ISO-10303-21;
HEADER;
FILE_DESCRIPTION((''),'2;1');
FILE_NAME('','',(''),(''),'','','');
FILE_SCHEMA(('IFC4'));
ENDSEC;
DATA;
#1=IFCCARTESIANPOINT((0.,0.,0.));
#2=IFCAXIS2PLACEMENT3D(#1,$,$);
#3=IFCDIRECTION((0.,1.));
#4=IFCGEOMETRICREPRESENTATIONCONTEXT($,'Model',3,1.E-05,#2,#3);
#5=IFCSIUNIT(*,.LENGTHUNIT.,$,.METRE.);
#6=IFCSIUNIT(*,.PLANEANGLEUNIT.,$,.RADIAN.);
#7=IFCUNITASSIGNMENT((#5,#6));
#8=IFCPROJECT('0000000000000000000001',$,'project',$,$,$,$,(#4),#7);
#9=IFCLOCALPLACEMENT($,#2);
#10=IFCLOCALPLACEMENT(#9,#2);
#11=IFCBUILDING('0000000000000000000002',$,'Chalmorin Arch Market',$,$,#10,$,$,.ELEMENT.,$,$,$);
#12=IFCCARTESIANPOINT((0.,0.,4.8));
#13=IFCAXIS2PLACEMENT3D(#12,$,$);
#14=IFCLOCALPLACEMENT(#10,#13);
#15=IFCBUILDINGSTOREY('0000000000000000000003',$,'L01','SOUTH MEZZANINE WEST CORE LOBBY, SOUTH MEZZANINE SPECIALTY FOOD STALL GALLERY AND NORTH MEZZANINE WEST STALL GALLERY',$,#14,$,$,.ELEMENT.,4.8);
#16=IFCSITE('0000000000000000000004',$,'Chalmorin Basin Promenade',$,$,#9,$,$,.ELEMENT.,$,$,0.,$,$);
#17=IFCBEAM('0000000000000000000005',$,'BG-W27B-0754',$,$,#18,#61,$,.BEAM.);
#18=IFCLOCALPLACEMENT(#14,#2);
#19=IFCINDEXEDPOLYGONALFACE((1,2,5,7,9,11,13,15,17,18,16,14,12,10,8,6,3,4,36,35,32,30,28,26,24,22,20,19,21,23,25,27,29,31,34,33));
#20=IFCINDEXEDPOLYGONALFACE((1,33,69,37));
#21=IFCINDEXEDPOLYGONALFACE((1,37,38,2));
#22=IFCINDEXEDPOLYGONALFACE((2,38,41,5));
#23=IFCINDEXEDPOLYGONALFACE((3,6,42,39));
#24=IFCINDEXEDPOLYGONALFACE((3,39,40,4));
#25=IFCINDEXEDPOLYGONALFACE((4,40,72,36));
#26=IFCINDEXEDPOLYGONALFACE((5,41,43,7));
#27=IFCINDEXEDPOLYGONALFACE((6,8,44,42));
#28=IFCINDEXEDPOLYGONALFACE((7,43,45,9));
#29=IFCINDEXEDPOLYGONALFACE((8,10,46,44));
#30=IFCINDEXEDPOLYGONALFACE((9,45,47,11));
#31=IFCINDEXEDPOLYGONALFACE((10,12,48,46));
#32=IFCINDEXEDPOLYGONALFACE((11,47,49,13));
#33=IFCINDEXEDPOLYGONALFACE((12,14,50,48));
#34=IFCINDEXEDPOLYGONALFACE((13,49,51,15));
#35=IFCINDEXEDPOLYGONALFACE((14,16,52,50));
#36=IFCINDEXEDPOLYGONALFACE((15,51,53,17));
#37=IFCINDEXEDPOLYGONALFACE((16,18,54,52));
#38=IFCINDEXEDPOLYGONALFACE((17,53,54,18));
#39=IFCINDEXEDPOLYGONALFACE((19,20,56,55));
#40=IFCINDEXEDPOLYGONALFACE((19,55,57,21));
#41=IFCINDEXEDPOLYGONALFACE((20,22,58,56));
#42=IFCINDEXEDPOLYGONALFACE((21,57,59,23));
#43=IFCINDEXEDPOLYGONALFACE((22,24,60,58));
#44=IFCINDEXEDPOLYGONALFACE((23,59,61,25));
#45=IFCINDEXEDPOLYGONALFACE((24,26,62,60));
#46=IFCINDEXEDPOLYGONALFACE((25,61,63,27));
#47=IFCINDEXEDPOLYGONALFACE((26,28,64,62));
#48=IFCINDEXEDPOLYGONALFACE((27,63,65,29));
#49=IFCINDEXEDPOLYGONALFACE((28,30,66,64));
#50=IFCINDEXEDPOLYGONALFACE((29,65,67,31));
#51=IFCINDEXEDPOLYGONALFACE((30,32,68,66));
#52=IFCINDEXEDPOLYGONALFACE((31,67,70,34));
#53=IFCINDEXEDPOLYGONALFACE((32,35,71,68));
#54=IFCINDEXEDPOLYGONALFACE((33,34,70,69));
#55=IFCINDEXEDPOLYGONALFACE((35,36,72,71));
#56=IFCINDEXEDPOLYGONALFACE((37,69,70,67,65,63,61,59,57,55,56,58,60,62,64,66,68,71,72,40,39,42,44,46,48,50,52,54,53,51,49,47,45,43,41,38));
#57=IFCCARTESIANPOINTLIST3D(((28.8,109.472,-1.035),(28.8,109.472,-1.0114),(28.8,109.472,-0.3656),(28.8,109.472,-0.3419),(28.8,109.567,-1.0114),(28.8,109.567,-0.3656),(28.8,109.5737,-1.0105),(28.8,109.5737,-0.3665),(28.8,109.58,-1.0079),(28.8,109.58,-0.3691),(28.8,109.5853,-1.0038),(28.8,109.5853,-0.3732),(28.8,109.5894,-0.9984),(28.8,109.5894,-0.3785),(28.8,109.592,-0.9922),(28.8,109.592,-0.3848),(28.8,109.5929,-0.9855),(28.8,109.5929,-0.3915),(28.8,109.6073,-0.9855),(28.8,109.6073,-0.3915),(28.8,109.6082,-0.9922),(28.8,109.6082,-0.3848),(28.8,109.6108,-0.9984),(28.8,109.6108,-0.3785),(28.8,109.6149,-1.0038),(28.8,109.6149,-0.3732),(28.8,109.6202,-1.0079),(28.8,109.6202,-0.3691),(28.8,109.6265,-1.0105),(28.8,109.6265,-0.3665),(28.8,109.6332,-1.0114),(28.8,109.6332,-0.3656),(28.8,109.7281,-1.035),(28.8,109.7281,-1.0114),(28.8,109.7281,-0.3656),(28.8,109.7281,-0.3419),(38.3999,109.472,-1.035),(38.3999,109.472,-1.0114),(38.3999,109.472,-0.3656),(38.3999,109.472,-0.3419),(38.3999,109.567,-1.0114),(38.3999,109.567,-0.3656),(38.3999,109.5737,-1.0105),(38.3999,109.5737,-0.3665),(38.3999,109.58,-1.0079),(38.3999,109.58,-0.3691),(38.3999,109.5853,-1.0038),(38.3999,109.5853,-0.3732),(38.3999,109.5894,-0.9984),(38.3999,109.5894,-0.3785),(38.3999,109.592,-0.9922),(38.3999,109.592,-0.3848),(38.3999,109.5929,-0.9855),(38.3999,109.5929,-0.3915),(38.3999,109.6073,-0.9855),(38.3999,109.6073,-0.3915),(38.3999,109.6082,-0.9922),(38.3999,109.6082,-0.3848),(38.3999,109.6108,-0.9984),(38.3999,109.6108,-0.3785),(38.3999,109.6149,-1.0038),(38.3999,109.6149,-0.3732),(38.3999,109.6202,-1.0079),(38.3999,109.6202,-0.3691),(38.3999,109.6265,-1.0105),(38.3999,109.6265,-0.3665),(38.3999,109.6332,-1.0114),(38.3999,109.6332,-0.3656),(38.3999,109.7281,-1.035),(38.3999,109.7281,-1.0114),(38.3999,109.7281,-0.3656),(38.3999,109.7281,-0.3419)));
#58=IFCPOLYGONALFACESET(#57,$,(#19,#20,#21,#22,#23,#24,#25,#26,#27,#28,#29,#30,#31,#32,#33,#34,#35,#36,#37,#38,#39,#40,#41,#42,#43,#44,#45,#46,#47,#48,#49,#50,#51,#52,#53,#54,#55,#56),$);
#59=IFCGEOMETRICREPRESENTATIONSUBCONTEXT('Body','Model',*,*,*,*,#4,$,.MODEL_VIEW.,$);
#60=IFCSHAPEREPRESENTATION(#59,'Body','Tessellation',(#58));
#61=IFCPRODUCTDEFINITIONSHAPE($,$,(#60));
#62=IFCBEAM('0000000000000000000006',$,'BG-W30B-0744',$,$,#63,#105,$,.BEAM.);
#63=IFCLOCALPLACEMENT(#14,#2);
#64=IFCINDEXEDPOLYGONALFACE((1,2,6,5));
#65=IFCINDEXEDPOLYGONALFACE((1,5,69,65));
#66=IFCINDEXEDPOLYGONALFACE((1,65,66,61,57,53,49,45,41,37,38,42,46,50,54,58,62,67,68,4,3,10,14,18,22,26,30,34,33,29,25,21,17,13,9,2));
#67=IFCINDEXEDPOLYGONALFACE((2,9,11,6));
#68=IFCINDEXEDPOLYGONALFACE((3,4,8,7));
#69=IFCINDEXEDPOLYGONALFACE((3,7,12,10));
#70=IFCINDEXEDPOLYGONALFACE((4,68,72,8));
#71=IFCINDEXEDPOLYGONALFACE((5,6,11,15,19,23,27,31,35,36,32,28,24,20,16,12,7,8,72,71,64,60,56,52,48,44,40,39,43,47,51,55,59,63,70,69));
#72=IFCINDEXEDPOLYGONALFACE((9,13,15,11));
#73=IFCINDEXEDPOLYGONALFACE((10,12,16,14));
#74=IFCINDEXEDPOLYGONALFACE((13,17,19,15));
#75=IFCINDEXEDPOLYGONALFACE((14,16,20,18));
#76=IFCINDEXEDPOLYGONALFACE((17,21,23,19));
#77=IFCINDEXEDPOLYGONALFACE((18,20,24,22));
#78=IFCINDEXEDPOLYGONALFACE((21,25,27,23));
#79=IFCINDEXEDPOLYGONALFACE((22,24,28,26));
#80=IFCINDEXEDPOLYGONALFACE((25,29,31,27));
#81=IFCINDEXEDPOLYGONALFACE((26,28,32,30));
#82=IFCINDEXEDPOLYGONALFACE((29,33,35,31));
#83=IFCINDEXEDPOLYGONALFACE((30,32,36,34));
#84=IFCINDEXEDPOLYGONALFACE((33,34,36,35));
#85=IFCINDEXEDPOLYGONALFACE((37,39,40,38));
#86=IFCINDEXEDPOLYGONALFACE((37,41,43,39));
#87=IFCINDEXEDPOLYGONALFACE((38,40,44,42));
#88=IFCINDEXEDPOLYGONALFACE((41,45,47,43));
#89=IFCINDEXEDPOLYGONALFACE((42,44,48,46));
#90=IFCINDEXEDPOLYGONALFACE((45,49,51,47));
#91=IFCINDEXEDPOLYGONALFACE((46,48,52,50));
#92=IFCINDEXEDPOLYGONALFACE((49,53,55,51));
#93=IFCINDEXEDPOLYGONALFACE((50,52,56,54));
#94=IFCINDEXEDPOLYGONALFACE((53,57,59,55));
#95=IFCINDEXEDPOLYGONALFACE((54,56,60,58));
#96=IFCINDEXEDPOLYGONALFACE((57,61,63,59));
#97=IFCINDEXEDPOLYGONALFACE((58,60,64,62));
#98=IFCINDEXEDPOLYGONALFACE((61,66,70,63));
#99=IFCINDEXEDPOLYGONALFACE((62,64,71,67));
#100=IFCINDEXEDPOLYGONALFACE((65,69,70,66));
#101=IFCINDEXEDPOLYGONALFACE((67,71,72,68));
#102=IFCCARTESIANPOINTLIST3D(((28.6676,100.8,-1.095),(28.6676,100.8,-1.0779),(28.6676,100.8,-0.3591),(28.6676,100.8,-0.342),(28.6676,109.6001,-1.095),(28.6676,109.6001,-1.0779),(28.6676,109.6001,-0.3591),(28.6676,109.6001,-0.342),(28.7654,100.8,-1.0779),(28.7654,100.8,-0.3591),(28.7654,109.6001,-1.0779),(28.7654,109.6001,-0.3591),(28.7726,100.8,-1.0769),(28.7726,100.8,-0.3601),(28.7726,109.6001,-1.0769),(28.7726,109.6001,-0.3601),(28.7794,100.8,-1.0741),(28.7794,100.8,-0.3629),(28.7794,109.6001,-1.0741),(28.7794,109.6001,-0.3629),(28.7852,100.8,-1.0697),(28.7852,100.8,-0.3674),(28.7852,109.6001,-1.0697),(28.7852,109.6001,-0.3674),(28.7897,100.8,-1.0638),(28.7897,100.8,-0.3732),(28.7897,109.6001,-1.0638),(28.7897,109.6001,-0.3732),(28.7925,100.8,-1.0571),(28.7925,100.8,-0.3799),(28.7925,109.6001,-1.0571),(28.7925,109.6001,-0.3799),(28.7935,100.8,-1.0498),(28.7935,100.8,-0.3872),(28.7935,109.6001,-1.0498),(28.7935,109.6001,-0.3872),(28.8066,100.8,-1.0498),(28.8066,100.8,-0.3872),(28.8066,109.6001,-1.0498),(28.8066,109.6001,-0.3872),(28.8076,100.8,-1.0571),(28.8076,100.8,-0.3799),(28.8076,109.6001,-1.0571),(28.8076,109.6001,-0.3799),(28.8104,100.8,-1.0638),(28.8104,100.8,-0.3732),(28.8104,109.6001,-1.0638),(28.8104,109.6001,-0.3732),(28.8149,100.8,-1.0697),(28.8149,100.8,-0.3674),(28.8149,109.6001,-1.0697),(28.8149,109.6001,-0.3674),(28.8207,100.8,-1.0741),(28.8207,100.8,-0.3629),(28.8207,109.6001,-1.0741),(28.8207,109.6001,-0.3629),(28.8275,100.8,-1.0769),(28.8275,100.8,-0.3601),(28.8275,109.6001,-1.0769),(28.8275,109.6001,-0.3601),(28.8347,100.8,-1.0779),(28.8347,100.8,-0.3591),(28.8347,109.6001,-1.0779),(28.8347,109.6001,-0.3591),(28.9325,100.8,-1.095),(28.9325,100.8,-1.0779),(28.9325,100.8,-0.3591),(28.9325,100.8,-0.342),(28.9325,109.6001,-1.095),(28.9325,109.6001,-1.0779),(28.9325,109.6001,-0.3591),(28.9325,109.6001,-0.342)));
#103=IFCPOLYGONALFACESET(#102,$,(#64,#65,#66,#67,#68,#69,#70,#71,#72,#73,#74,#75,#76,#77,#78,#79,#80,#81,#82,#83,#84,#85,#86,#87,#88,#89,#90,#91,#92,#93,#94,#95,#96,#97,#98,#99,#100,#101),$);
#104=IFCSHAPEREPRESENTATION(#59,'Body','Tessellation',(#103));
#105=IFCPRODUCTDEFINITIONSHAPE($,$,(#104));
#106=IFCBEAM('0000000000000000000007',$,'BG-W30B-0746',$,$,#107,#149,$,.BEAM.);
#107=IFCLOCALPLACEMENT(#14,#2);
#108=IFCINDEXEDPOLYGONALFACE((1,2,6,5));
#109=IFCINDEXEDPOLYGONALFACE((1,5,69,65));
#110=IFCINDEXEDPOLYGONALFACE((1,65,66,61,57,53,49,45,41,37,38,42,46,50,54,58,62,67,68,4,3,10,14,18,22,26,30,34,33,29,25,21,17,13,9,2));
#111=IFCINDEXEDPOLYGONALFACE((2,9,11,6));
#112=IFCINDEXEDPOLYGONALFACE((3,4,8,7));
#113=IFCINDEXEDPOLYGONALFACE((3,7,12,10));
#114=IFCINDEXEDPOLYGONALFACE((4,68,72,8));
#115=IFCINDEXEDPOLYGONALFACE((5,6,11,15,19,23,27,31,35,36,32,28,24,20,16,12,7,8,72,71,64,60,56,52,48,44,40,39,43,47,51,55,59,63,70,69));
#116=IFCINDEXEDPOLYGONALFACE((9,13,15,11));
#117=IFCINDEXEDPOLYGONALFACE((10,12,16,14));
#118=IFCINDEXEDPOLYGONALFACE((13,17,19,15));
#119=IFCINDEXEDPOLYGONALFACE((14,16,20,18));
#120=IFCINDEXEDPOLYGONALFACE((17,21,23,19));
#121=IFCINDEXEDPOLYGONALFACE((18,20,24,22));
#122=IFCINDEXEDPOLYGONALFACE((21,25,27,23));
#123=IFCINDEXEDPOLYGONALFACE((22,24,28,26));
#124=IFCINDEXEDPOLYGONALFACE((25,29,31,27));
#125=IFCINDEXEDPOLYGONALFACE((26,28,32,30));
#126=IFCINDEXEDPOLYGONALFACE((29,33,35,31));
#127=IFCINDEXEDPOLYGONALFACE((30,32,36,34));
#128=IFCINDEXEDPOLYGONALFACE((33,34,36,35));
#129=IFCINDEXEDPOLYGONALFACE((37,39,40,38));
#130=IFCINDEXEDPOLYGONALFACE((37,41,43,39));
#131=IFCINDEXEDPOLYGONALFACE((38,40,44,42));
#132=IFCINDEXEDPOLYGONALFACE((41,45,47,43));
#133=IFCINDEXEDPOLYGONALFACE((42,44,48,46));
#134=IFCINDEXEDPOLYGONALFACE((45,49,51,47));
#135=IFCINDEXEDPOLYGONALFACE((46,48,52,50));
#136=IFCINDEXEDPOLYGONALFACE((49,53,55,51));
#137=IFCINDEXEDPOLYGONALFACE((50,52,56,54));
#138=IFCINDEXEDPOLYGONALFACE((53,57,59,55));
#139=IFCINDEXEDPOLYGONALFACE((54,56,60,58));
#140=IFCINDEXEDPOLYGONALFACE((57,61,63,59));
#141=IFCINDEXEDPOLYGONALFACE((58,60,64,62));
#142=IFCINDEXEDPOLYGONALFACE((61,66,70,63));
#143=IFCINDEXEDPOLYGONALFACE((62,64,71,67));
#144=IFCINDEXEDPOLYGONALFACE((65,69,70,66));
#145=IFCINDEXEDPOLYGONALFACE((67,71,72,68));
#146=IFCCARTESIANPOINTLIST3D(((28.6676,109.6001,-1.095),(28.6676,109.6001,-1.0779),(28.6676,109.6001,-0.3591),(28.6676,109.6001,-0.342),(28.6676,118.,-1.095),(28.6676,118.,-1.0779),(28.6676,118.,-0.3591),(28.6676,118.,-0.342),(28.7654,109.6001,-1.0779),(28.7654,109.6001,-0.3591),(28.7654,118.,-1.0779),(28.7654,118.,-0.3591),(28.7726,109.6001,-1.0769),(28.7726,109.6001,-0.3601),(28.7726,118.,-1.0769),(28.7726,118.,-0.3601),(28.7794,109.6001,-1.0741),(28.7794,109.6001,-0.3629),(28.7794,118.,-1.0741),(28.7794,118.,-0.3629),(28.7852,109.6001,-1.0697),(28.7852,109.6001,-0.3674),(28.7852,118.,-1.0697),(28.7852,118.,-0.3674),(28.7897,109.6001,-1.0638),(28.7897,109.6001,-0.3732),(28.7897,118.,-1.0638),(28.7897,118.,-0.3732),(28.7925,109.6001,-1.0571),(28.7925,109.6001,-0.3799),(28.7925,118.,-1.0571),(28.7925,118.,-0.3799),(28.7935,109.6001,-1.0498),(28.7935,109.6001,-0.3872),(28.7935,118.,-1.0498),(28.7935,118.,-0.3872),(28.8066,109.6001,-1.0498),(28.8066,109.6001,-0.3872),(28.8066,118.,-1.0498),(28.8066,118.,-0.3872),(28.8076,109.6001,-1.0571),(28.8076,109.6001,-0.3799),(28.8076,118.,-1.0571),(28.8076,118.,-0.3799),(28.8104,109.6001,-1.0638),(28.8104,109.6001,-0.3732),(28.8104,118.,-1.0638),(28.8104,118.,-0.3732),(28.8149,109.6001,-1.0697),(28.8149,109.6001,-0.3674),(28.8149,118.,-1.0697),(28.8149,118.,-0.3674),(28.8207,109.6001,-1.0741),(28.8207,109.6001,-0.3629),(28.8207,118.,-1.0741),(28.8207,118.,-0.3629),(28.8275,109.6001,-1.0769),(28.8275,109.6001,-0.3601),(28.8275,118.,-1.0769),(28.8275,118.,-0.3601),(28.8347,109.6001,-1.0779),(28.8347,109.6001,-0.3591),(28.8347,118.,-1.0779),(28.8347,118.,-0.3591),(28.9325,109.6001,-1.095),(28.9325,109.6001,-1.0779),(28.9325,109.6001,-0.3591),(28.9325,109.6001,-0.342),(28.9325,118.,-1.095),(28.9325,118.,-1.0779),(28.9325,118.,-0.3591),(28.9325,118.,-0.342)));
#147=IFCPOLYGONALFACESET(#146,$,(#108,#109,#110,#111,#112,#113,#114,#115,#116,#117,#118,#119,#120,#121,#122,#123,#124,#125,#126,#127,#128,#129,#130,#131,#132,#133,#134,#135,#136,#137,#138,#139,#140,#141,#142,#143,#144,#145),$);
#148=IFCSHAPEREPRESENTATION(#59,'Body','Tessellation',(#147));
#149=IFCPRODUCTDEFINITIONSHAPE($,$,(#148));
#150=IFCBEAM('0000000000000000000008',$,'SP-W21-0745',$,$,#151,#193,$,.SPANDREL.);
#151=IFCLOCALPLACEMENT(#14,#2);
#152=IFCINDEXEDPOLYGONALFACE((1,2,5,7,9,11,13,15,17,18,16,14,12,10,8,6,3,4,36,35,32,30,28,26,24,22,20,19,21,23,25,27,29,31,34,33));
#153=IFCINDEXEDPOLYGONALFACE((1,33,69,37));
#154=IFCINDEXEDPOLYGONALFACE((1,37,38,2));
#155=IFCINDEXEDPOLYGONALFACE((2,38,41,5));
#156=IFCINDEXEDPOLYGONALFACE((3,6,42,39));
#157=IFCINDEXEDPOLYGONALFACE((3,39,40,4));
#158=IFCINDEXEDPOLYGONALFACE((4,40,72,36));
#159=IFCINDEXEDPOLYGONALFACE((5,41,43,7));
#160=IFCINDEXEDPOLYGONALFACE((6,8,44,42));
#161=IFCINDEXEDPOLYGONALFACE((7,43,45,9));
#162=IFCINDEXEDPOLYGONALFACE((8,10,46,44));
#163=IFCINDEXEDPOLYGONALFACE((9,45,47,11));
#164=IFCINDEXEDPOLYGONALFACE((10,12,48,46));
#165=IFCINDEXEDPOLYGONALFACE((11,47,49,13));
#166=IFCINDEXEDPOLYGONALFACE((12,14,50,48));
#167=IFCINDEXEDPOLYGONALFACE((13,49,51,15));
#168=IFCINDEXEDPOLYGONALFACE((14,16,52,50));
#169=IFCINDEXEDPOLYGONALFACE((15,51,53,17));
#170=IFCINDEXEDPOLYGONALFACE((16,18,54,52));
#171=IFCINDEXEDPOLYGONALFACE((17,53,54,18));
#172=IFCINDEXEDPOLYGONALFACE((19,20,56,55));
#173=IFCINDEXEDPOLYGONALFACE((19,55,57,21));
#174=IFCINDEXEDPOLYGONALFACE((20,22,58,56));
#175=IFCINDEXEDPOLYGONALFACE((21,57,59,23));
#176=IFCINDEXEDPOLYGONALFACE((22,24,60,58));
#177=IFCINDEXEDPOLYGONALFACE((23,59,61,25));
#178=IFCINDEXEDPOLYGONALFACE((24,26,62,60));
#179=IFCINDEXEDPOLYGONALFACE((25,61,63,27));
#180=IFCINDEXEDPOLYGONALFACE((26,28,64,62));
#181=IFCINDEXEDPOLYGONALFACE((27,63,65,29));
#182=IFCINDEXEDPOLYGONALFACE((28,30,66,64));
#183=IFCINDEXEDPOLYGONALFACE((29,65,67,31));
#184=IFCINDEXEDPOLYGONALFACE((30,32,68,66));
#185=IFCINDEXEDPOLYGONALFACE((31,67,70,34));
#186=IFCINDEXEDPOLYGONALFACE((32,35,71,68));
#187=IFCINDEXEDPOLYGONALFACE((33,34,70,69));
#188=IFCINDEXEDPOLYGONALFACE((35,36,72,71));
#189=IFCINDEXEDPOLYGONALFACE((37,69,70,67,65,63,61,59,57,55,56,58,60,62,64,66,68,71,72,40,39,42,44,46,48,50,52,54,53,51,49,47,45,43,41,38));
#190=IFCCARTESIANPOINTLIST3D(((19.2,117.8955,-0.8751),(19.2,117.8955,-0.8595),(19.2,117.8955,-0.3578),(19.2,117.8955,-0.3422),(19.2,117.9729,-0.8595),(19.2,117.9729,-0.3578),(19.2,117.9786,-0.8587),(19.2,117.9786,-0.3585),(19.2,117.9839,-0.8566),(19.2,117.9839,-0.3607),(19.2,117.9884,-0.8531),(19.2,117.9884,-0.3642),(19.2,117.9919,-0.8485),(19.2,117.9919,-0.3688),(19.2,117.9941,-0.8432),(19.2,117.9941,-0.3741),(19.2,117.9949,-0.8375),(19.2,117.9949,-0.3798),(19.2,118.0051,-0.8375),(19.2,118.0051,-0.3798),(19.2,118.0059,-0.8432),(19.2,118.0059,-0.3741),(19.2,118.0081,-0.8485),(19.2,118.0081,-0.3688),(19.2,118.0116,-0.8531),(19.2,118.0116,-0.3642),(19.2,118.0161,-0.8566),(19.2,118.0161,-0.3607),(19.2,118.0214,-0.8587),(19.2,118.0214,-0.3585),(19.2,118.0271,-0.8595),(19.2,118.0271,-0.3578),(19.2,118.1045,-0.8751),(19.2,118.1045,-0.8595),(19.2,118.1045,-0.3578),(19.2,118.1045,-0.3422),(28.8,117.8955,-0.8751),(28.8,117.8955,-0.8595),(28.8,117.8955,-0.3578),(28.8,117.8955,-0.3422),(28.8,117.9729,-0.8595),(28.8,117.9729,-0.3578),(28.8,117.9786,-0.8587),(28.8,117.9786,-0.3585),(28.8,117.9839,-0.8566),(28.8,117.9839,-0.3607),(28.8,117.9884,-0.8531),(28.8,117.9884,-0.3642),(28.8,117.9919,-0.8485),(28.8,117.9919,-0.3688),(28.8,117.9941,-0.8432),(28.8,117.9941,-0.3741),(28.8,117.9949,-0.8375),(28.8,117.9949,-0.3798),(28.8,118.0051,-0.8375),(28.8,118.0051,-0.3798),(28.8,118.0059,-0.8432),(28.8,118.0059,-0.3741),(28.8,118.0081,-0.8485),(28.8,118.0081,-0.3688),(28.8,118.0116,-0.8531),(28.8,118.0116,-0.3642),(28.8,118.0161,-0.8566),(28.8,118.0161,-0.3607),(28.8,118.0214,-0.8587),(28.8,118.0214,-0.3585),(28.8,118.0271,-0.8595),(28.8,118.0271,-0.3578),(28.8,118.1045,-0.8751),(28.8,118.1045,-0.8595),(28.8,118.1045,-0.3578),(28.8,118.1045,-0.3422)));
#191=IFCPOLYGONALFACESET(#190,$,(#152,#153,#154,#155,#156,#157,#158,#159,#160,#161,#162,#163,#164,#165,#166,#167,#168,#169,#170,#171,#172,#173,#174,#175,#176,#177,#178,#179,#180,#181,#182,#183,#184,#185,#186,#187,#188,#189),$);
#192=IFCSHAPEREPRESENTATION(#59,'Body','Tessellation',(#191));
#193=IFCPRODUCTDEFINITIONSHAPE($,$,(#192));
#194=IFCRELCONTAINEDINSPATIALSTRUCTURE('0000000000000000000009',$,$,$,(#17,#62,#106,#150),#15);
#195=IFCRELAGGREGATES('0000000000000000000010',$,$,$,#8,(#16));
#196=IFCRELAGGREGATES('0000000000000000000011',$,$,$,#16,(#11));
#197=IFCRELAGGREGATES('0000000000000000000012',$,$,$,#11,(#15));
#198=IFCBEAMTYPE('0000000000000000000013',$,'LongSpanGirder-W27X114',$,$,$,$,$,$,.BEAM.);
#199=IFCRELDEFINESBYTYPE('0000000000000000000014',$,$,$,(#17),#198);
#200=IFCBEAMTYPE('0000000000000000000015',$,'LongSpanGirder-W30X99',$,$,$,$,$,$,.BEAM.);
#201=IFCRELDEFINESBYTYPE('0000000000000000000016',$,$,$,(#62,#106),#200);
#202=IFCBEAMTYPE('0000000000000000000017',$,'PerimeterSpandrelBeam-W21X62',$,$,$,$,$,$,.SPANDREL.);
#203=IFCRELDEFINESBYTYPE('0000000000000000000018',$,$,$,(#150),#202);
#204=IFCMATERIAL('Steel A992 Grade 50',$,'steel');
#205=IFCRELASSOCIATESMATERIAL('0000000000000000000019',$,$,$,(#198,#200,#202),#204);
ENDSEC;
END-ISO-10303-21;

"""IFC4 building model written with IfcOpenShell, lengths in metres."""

from ifc_helpers import new_model, si_unit, direction, frame, origin, origin_2d, place, context, subcontext, project, spatial, i_section, extrude, material, material_profile, profile_set, type_object, element, save


model = new_model("IFC4")

# Units and contexts
model_context = context("Model", 3, precision=1e-05, world=origin(), true_north=direction((0.0, 1.0)))
body_context = subcontext(model_context, "Body", "Model", "MODEL_VIEW")
ifc_project = project(units=[si_unit("LENGTHUNIT", "METRE"), si_unit("PLANEANGLEUNIT", "RADIAN")], contexts=[model_context])

# Site, building, storey
site_placement = place(None, origin())
site = spatial("IfcSite", under=ifc_project, at=site_placement, Name="Chalmorin Basin Promenade", CompositionType="ELEMENT", RefElevation=0.0)
building_placement = place(site_placement, origin())
building = spatial("IfcBuilding", under=site, at=building_placement, Name="Chalmorin Arch Market", CompositionType="ELEMENT")
storey_placement = place(building_placement, frame((0.0, 0.0, 4.8)))
storey = spatial("IfcBuildingStorey", under=building, at=storey_placement, Name="L01", Description="SOUTH MEZZANINE WEST CORE LOBBY, SOUTH MEZZANINE SPECIALTY FOOD STALL GALLERY AND NORTH MEZZANINE WEST STALL GALLERY", CompositionType="ELEMENT", Elevation=4.8)

# Beams
ifc_material_1 = material(Name="Steel A992 Grade 50", Category="steel")
ifc_material_profile_1 = material_profile(ifc_material_1, i_section(OverallWidth=0.2561, OverallDepth=0.6931, WebThickness=0.0144, FlangeThickness=0.0237, FilletRadius=0.0259, at=origin_2d()), Name="W27X114")
ifc_profile_set_1 = profile_set([ifc_material_profile_1], Name="Steel A992 Grade 50")
beam_type_1 = type_object("IfcBeamType", Name="LongSpanGirder-W27X114", PredefinedType="BEAM", material=ifc_profile_set_1)
for number, where, z_axis, x_axis, name in (
    (1, (28.8, 109.6001, -0.6885), (1.0, 0.0, 0.0), (0.0, 1.0, 0.0), "BG-W27B-0754"),
):
    element("IfcBeam", number, at=place(storey_placement, frame(where, z_axis=z_axis, x_axis=x_axis)), inside=storey, type_object=beam_type_1, Name=name, PredefinedType="BEAM", context=body_context, shape_type="SweptSolid", body=[
        extrude(i_section(OverallWidth=0.2561, OverallDepth=0.6931, WebThickness=0.0144, FlangeThickness=0.0237, FilletRadius=0.0259, at=origin_2d()), origin(), (0.0, 0.0, 1.0), 9.5999),
    ])
ifc_material_profile_2 = material_profile(ifc_material_1, i_section(OverallWidth=0.2649, OverallDepth=0.7529, WebThickness=0.0132, FlangeThickness=0.0171, FilletRadius=0.0281, at=origin_2d()), Name="W30X99")
ifc_profile_set_2 = profile_set([ifc_material_profile_2], Name="Steel A992 Grade 50")
beam_type_2 = type_object("IfcBeamType", Name="LongSpanGirder-W30X99", PredefinedType="BEAM", material=ifc_profile_set_2)
beam_1_placement = place(storey_placement, frame((28.8, 100.8, -0.7185), z_axis=(0.0, 1.0, 0.0), x_axis=(-1.0, 0.0, 0.0)))
element("IfcBeam", 2, at=beam_1_placement, inside=storey, type_object=beam_type_2, Name="BG-W30B-0744", PredefinedType="BEAM", context=body_context, shape_type="SweptSolid", body=[
    extrude(i_section(OverallWidth=0.2649, OverallDepth=0.7529, WebThickness=0.0132, FlangeThickness=0.0171, FilletRadius=0.0281, at=origin_2d()), origin(), (0.0, 0.0, 1.0), 8.8),
])
beam_2_placement = place(storey_placement, frame((28.8, 109.6001, -0.7185), z_axis=(0.0, 1.0, 0.0), x_axis=(-1.0, 0.0, 0.0)))
element("IfcBeam", 3, at=beam_2_placement, inside=storey, type_object=beam_type_2, Name="BG-W30B-0746", PredefinedType="BEAM", context=body_context, shape_type="SweptSolid", body=[
    extrude(i_section(OverallWidth=0.2649, OverallDepth=0.7529, WebThickness=0.0132, FlangeThickness=0.0171, FilletRadius=0.0281, at=origin_2d()), origin(), (0.0, 0.0, 1.0), 8.3999),
])
ifc_material_profile_3 = material_profile(ifc_material_1, i_section(OverallWidth=0.209, OverallDepth=0.533, WebThickness=0.0103, FlangeThickness=0.0156, FilletRadius=0.022, at=origin_2d()), Name="W21X62")
ifc_profile_set_3 = profile_set([ifc_material_profile_3], Name="Steel A992 Grade 50")
beam_type_3 = type_object("IfcBeamType", Name="PerimeterSpandrelBeam-W21X62", PredefinedType="SPANDREL", material=ifc_profile_set_3)
beam_3_placement = place(storey_placement, frame((19.2, 118.0, -0.6086), z_axis=(1.0, 0.0, 0.0), x_axis=(0.0, 1.0, 0.0)))
element("IfcBeam", 4, at=beam_3_placement, inside=storey, type_object=beam_type_3, Name="SP-W21-0745", PredefinedType="SPANDREL", context=body_context, shape_type="SweptSolid", body=[
    extrude(i_section(OverallWidth=0.209, OverallDepth=0.533, WebThickness=0.0103, FlangeThickness=0.0156, FilletRadius=0.022, at=origin_2d()), origin(), (0.0, 0.0, 1.0), 9.6001),
])

save(model, "model.ifc")
